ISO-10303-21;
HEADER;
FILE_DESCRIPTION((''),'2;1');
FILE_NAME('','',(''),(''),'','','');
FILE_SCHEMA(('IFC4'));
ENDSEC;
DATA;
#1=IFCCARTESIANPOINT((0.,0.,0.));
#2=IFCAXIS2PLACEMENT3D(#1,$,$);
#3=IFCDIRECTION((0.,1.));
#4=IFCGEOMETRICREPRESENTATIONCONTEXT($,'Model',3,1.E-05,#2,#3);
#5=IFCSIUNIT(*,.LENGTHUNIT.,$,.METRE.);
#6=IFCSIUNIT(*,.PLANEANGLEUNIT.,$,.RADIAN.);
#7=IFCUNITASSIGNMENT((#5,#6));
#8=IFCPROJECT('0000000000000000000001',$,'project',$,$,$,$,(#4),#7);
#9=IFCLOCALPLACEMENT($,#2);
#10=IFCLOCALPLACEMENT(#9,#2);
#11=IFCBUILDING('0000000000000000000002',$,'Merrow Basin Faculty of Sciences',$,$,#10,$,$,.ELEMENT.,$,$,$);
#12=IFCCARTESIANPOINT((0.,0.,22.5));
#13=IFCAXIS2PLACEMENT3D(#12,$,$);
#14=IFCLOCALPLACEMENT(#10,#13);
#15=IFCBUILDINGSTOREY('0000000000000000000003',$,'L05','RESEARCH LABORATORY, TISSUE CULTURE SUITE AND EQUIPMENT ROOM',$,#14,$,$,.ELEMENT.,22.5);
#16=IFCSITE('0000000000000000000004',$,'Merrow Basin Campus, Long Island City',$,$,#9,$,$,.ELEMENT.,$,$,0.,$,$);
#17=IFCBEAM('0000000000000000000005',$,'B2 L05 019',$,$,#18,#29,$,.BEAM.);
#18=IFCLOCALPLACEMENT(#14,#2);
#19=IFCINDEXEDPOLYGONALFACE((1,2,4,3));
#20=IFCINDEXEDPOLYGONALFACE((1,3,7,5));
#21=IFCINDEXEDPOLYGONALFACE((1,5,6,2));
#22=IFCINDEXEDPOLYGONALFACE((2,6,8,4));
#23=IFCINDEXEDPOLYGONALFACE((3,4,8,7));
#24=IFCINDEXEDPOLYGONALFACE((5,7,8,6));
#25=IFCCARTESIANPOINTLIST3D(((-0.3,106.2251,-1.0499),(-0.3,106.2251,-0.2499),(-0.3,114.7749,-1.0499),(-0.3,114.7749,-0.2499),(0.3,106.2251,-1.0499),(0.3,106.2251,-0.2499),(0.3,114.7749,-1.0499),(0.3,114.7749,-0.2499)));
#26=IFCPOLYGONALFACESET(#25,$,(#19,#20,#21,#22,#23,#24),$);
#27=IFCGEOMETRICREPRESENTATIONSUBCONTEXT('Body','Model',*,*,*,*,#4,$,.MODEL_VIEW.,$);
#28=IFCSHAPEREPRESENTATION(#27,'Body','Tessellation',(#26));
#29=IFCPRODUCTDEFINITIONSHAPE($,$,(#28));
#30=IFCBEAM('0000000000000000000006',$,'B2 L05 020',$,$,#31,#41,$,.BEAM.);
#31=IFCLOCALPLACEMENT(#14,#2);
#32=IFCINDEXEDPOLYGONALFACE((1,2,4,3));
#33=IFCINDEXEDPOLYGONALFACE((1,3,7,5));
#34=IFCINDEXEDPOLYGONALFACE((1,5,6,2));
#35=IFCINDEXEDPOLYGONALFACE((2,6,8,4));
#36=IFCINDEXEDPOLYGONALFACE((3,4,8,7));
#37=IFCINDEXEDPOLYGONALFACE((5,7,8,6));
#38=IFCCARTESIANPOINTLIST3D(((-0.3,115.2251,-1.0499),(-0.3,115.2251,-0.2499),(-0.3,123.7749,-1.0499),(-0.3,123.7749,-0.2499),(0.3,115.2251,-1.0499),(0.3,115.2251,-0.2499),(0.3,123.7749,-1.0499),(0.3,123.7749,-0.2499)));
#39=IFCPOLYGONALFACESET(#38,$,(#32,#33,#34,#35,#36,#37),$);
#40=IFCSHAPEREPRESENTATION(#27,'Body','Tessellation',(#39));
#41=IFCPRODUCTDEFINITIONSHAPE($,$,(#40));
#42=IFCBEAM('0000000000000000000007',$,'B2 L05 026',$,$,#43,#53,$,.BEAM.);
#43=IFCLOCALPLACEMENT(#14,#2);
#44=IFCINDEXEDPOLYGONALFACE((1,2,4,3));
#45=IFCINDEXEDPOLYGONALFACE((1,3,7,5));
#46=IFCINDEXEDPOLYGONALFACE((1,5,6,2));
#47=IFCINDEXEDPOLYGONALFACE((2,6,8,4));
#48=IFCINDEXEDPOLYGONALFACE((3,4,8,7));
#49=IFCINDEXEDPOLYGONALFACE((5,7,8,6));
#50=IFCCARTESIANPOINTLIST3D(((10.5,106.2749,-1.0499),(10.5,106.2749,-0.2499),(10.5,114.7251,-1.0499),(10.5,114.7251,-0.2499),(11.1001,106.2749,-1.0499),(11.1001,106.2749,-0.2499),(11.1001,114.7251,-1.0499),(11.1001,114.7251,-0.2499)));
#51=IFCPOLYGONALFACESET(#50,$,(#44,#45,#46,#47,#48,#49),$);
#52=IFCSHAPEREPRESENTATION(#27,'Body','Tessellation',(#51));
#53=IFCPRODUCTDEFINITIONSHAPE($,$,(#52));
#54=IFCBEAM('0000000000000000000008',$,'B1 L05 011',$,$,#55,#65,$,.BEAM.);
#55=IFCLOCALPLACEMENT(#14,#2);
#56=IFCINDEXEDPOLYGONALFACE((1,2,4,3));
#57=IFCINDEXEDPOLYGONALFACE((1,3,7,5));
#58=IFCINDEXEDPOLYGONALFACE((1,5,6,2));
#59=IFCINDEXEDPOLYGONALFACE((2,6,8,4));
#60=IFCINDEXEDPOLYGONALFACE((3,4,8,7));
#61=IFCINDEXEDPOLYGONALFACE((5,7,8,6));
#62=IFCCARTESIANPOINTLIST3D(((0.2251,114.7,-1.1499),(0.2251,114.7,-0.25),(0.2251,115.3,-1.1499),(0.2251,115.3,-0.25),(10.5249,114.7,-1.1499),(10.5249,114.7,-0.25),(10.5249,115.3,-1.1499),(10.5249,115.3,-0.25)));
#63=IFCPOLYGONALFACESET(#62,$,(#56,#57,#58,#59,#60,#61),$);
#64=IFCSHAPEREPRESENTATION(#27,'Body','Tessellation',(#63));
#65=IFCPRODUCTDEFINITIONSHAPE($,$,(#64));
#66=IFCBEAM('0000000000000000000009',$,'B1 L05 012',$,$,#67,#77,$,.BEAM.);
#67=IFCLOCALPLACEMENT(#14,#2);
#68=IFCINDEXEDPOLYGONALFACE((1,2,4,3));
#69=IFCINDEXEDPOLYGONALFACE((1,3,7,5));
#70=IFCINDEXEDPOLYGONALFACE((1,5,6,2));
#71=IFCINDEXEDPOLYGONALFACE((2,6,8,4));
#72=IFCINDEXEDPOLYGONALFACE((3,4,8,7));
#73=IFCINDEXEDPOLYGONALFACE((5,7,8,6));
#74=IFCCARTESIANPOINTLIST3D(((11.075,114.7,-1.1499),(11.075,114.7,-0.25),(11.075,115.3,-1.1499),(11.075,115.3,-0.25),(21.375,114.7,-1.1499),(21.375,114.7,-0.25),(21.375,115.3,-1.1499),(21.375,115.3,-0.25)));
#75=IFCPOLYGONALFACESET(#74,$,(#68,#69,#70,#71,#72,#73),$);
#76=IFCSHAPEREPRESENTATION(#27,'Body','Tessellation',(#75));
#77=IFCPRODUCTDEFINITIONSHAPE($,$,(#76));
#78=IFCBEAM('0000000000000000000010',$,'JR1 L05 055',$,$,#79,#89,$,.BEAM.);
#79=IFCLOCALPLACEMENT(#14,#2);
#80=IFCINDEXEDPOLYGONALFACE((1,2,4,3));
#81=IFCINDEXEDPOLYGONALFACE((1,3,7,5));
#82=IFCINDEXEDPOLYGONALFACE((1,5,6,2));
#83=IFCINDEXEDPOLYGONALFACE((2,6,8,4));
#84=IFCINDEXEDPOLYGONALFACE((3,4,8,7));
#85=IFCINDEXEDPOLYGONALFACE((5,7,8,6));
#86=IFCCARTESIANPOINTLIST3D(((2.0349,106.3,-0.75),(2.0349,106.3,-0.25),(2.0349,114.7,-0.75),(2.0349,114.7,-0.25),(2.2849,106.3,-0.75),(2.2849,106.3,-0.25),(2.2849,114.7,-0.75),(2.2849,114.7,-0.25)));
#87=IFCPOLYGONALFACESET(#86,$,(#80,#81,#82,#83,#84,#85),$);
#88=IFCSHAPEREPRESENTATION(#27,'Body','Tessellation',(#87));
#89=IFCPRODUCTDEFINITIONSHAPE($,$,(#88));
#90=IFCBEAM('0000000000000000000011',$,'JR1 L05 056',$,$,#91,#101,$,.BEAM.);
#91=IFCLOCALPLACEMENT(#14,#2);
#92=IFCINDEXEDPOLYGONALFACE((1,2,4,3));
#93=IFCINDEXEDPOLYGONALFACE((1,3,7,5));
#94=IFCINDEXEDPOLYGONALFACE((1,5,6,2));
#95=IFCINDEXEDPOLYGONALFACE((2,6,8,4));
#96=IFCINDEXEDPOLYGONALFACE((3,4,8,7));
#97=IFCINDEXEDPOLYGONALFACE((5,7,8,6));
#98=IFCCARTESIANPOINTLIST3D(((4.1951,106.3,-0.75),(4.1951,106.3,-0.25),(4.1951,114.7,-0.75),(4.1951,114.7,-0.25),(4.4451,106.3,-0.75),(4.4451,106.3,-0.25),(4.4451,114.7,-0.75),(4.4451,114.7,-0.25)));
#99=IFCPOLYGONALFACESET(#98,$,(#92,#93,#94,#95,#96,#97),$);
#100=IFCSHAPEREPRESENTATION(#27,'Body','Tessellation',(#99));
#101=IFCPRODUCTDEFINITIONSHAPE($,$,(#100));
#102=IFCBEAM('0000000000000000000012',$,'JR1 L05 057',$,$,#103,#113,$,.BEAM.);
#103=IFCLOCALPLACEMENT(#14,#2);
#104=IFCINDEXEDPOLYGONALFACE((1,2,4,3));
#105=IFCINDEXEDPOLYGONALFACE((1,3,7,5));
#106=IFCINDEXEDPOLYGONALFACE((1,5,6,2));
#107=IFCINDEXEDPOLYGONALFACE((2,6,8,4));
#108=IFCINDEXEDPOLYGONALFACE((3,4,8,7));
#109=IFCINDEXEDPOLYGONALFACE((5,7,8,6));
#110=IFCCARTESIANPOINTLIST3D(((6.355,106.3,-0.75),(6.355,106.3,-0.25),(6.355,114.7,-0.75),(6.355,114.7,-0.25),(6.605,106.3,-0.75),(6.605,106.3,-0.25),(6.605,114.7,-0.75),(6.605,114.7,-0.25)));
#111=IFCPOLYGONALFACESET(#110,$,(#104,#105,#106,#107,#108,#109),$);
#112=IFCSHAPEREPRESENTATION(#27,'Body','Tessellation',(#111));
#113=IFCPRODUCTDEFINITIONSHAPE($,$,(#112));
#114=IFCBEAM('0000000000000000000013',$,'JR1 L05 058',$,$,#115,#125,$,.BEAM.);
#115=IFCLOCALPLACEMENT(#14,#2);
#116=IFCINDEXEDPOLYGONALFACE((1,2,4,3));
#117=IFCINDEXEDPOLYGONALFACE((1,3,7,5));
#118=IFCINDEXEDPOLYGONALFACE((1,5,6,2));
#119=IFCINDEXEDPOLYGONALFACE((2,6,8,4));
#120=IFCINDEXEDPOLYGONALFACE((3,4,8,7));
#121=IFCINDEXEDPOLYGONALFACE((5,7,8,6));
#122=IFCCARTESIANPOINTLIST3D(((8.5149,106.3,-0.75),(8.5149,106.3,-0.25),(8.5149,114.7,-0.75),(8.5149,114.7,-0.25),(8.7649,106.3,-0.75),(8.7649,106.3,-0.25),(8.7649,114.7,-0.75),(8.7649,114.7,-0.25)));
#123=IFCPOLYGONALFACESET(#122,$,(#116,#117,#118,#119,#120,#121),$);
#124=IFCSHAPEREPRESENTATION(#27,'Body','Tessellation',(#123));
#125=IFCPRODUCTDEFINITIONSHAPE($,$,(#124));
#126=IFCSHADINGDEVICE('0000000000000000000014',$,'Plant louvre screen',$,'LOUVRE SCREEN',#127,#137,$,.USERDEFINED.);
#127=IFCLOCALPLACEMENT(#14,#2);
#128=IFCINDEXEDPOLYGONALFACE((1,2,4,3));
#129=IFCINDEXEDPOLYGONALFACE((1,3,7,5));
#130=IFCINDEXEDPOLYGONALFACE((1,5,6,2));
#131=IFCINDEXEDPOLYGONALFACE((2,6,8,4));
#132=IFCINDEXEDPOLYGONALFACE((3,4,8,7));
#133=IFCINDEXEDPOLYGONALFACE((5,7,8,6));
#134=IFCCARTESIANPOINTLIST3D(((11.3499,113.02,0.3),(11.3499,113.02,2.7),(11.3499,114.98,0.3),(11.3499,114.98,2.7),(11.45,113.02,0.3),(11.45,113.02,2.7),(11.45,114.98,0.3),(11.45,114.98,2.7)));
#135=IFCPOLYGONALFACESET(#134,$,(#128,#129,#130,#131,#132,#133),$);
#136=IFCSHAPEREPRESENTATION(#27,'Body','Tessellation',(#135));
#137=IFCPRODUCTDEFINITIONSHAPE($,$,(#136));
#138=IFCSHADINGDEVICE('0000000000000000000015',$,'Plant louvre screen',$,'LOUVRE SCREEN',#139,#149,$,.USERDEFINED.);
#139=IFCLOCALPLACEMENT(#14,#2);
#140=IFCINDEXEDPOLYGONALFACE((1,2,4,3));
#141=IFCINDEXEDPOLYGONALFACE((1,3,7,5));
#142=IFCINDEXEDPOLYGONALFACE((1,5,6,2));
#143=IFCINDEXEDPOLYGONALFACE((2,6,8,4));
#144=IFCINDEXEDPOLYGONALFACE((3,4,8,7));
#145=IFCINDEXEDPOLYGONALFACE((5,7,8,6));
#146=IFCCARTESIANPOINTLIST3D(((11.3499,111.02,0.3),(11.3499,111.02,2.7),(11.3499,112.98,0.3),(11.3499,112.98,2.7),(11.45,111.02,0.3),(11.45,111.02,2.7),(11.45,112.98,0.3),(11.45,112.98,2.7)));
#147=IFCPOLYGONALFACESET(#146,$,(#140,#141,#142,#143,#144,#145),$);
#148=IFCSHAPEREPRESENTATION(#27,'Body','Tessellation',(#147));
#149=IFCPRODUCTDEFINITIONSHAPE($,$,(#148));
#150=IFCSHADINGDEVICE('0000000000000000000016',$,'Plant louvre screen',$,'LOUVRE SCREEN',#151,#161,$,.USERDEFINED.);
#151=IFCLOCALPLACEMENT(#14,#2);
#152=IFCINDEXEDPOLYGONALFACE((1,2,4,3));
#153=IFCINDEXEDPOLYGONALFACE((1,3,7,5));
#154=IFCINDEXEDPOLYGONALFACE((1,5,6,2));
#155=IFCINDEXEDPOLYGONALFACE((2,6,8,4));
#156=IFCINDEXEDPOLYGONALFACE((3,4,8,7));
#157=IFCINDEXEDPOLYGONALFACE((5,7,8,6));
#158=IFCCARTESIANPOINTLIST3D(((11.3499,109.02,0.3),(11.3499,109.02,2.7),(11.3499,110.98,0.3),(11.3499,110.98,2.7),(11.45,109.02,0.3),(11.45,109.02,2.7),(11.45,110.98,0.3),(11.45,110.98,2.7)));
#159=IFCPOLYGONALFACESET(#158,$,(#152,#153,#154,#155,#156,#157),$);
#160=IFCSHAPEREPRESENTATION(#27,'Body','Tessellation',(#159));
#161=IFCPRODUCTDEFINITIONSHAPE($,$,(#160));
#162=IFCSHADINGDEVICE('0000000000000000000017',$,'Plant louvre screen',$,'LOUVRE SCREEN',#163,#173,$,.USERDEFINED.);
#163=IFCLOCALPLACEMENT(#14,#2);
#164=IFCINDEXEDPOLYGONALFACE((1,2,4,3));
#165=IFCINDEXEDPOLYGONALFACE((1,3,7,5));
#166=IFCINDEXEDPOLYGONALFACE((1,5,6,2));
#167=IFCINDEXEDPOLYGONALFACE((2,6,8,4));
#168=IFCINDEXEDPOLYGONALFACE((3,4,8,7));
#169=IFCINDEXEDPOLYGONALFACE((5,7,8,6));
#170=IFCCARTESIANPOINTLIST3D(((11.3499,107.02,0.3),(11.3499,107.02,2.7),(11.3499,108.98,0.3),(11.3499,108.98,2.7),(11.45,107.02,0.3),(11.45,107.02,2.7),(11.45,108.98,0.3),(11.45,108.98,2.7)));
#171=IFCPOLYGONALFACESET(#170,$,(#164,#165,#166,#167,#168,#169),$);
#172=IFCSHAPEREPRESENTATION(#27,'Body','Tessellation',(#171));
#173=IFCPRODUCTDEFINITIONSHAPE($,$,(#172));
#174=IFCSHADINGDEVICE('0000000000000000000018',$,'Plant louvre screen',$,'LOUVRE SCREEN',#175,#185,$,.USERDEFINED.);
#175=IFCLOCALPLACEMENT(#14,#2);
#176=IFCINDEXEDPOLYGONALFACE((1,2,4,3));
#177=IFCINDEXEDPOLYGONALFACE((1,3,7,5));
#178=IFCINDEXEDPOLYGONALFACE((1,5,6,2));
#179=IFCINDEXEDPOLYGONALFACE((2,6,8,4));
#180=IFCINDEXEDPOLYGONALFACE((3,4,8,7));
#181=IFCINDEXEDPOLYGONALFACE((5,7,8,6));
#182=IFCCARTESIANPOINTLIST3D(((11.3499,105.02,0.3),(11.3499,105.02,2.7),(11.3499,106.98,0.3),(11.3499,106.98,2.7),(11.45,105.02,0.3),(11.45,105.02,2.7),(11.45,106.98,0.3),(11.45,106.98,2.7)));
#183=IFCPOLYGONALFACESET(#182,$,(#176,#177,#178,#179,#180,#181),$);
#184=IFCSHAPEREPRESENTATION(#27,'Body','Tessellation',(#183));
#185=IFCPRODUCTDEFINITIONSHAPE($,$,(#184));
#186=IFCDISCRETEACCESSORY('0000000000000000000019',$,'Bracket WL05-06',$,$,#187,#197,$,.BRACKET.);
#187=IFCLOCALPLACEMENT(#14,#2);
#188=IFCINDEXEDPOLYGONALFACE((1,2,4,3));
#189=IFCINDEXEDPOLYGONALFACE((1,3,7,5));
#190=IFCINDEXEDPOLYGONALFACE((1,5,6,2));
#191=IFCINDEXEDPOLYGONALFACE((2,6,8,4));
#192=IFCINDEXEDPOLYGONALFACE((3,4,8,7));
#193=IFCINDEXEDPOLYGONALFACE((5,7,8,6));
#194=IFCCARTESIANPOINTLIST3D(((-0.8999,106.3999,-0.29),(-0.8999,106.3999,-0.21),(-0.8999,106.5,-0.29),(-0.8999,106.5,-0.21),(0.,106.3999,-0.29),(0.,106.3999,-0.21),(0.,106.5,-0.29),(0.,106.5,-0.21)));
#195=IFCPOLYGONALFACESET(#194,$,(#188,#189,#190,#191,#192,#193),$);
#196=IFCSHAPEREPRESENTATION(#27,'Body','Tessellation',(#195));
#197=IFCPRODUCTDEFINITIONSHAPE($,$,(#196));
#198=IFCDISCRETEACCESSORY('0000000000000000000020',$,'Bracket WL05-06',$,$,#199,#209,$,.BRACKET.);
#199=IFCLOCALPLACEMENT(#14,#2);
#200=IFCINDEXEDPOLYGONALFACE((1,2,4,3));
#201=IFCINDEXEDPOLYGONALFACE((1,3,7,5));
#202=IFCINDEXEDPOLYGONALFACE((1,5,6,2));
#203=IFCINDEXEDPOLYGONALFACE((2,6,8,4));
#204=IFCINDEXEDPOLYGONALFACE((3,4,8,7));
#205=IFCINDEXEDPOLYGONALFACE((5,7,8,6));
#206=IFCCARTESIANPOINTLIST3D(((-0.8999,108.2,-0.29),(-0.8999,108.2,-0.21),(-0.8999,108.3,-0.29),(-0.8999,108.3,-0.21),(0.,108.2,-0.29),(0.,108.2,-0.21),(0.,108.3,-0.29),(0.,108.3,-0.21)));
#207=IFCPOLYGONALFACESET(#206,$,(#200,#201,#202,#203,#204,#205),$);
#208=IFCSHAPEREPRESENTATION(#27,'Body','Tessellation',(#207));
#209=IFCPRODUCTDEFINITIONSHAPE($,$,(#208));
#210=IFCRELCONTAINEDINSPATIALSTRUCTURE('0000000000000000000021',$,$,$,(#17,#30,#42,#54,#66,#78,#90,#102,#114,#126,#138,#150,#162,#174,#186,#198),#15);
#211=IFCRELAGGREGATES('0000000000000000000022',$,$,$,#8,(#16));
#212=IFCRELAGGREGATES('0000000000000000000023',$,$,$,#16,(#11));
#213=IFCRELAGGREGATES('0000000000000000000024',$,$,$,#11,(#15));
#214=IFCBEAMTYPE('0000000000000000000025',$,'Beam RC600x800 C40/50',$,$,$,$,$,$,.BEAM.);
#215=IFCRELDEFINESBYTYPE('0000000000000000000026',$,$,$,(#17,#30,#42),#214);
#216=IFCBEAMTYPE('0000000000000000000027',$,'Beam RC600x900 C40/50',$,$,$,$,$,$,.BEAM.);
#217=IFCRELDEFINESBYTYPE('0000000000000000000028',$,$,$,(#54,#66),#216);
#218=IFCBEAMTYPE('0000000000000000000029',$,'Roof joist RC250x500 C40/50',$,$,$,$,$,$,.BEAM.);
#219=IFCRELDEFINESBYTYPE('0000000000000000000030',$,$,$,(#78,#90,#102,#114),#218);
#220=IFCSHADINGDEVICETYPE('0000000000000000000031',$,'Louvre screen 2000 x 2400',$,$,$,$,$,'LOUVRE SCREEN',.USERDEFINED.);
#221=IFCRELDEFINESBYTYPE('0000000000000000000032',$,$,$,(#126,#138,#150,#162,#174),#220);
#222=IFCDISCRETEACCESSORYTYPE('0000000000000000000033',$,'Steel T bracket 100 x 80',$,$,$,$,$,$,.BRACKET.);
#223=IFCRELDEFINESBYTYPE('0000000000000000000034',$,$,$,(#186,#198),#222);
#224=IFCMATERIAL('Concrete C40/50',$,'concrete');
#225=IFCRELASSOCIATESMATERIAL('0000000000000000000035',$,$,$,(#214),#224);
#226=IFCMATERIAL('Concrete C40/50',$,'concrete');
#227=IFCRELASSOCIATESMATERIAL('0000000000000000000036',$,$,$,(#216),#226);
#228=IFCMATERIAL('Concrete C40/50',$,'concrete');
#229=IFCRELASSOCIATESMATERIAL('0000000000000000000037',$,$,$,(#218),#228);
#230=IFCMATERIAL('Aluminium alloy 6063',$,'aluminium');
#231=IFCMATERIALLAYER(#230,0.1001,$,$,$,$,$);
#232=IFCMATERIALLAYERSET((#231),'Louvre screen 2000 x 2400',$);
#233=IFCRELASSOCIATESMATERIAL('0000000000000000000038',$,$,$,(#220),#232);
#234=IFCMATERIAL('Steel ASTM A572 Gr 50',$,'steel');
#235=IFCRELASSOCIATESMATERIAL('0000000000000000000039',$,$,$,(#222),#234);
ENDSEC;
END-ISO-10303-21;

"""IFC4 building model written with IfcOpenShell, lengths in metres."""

from ifc_helpers import new_model, si_unit, direction, frame, origin, origin_2d, place, context, subcontext, project, spatial, polyline, rectangle, outline, extrude, source, transform, mapped, material, layer, layer_set, material_profile, profile_set, type_object, element, save


model = new_model("IFC4")

# Units and contexts
model_context = context("Model", 3, precision=1e-05, world=origin(), true_north=direction((0.0, 1.0)))
body_context = subcontext(model_context, "Body", "Model", "MODEL_VIEW")
ifc_project = project(units=[si_unit("LENGTHUNIT", "METRE"), si_unit("PLANEANGLEUNIT", "RADIAN")], contexts=[model_context])

# Site, building, storey
site_placement = place(None, origin())
site = spatial("IfcSite", under=ifc_project, at=site_placement, Name="Merrow Basin Campus, Long Island City", CompositionType="ELEMENT", RefElevation=0.0)
building_placement = place(site_placement, origin())
building = spatial("IfcBuilding", under=site, at=building_placement, Name="Merrow Basin Faculty of Sciences", CompositionType="ELEMENT")
storey_placement = place(building_placement, frame((0.0, 0.0, 22.5)))
storey = spatial("IfcBuildingStorey", under=building, at=storey_placement, Name="L05", Description="RESEARCH LABORATORY, TISSUE CULTURE SUITE AND EQUIPMENT ROOM", CompositionType="ELEMENT", Elevation=22.5)

# Beams
ifc_material_1 = material(Name="Concrete C40/50", Category="concrete")
ifc_material_profile_1 = material_profile(ifc_material_1, rectangle(XDim=0.6001, YDim=0.8, at=origin_2d()))
ifc_profile_set_1 = profile_set([ifc_material_profile_1], Name="Concrete C40/50")
beam_type_1 = type_object("IfcBeamType", Name="Beam RC600x800 C40/50", PredefinedType="BEAM", material=ifc_profile_set_1)
for number, where, z_axis, x_axis, name in (
    (1, (0.0, 106.2251, -0.6499), (0.0, 1.0, 0.0), (-1.0, 0.0, 0.0), "B2 L05 019"),
    (2, (0.0, 115.2251, -0.6499), (0.0, 1.0, 0.0), (-1.0, 0.0, 0.0), "B2 L05 020"),
):
    element("IfcBeam", number, at=place(storey_placement, frame(where, z_axis=z_axis, x_axis=x_axis)), inside=storey, type_object=beam_type_1, Name=name, PredefinedType="BEAM", context=body_context, shape_type="SweptSolid", body=[
        extrude(rectangle(XDim=0.6001, YDim=0.8, at=origin_2d()), origin(), (0.0, 0.0, 1.0), 8.5498),
    ])
beam_1_placement = place(storey_placement, frame((10.8, 106.2749, -0.6499), z_axis=(0.0, 1.0, 0.0), x_axis=(-1.0, 0.0, 0.0)))
element("IfcBeam", 3, at=beam_1_placement, inside=storey, type_object=beam_type_1, Name="B2 L05 026", PredefinedType="BEAM", context=body_context, shape_type="SweptSolid", body=[
    extrude(rectangle(XDim=0.6001, YDim=0.8, at=origin_2d()), origin(), (0.0, 0.0, 1.0), 8.4502),
])
ifc_material_2 = material(Name="Concrete C40/50", Category="concrete")
ifc_material_profile_2 = material_profile(ifc_material_2, rectangle(XDim=0.6001, YDim=0.8999, at=origin_2d()))
ifc_profile_set_2 = profile_set([ifc_material_profile_2], Name="Concrete C40/50")
beam_type_2 = type_object("IfcBeamType", Name="Beam RC600x900 C40/50", PredefinedType="BEAM", material=ifc_profile_set_2)
beam_2_placement = place(storey_placement, frame((0.2251, 115.0, -0.7), z_axis=(1.0, 0.0, 0.0), x_axis=(0.0, 1.0, 0.0)))
element("IfcBeam", 4, at=beam_2_placement, inside=storey, type_object=beam_type_2, Name="B1 L05 011", PredefinedType="BEAM", context=body_context, shape_type="SweptSolid", body=[
    extrude(rectangle(XDim=0.6001, YDim=0.8999, at=origin_2d()), origin(), (0.0, 0.0, 1.0), 10.2998),
])
beam_3_placement = place(storey_placement, frame((11.075, 115.0, -0.7), z_axis=(1.0, 0.0, 0.0), x_axis=(0.0, 1.0, 0.0)))
element("IfcBeam", 5, at=beam_3_placement, inside=storey, type_object=beam_type_2, Name="B1 L05 012", PredefinedType="BEAM", context=body_context, shape_type="SweptSolid", body=[
    extrude(rectangle(XDim=0.6001, YDim=0.8999, at=origin_2d()), origin(), (0.0, 0.0, 1.0), 10.3),
])
ifc_material_3 = material(Name="Concrete C40/50", Category="concrete")
ifc_material_profile_3 = material_profile(ifc_material_3, rectangle(XDim=0.25, YDim=0.5, at=origin_2d()))
ifc_profile_set_3 = profile_set([ifc_material_profile_3], Name="Concrete C40/50")
beam_type_3 = type_object("IfcBeamType", Name="Roof joist RC250x500 C40/50", PredefinedType="BEAM", material=ifc_profile_set_3)
for number, where, z_axis, x_axis, name in (
    (6, (2.1599, 106.3, -0.5), (0.0, 1.0, 0.0), (-1.0, 0.0, 0.0), "JR1 L05 055"),
    (7, (4.3201, 106.3, -0.5), (0.0, 1.0, 0.0), (-1.0, 0.0, 0.0), "JR1 L05 056"),
    (8, (6.48, 106.3, -0.5), (0.0, 1.0, 0.0), (-1.0, 0.0, 0.0), "JR1 L05 057"),
    (9, (8.6399, 106.3, -0.5), (0.0, 1.0, 0.0), (-1.0, 0.0, 0.0), "JR1 L05 058"),
):
    element("IfcBeam", number, at=place(storey_placement, frame(where, z_axis=z_axis, x_axis=x_axis)), inside=storey, type_object=beam_type_3, Name=name, PredefinedType="BEAM", context=body_context, shape_type="SweptSolid", body=[
        extrude(rectangle(XDim=0.25, YDim=0.5, at=origin_2d()), origin(), (0.0, 0.0, 1.0), 8.3999),
    ])

# Shading devices
ifc_material_4 = material(Name="Aluminium alloy 6063", Category="aluminium")
ifc_layer_1 = layer(ifc_material_4, 0.1001)
ifc_layer_set_1 = layer_set([ifc_layer_1], Name="Louvre screen 2000 x 2400")
shading_device_type = type_object("IfcShadingDeviceType", Name="Louvre screen 2000 x 2400", ElementType="LOUVRE SCREEN", PredefinedType="USERDEFINED", material=ifc_layer_set_1)
for number, where, z_axis, x_axis, name in (
    (10, (11.3999, 114.0, 0.3), (0.0, 0.0, 1.0), (0.0, 1.0, 0.0), "Plant louvre screen"),
    (11, (11.3999, 112.0, 0.3), (0.0, 0.0, 1.0), (0.0, 1.0, 0.0), "Plant louvre screen"),
    (12, (11.3999, 110.0, 0.3), (0.0, 0.0, 1.0), (0.0, 1.0, 0.0), "Plant louvre screen"),
    (13, (11.3999, 108.0, 0.3), (0.0, 0.0, 1.0), (0.0, 1.0, 0.0), "Plant louvre screen"),
    (14, (11.3999, 106.0, 0.3), (0.0, 0.0, 1.0), (0.0, 1.0, 0.0), "Plant louvre screen"),
):
    element("IfcShadingDevice", number, at=place(storey_placement, frame(where, z_axis=z_axis, x_axis=x_axis)), inside=storey, type_object=shading_device_type, Name=name, ObjectType="LOUVRE SCREEN", PredefinedType="USERDEFINED", context=body_context, shape_type="SweptSolid", body=[
        extrude(rectangle(XDim=1.96, YDim=0.1001, at=origin_2d()), origin(), (0.0, 0.0, 1.0), 2.3999),
    ])

# Discrete accessories
ifc_material_5 = material(Name="Steel ASTM A572 Gr 50", Category="steel")
discrete_accessory_type = type_object("IfcDiscreteAccessoryType", Name="Steel T bracket 100 x 80", PredefinedType="BRACKET", material=ifc_material_5)
shared_shape_1 = source(origin(), body_context, "Body", "SweptSolid", [
    extrude(outline(polyline([(0.0, 0.0), (0.1001, 0.0), (0.1001, 0.0801), (0.0, 0.0801), (0.0, 0.0)])), origin(), (0.0, 0.0, 1.0), 0.8999),
])
for number, where, z_axis, x_axis, name in (
    (15, (-0.8999, 106.3999, -0.29), (1.0, 0.0, 0.0), (0.0, 1.0, 0.0), "Bracket WL05-06"),
    (16, (-0.8999, 108.2, -0.29), (1.0, 0.0, 0.0), (0.0, 1.0, 0.0), "Bracket WL05-06"),
):
    element("IfcDiscreteAccessory", number, at=place(storey_placement, frame(where, z_axis=z_axis, x_axis=x_axis)), inside=storey, type_object=discrete_accessory_type, Name=name, PredefinedType="BRACKET", context=body_context, shape_type="MappedRepresentation", body=[
        mapped(shared_shape_1, transform((0.0, 0.0, 0.0), scale=1.0)),
    ])

save(model, "model.ifc")
